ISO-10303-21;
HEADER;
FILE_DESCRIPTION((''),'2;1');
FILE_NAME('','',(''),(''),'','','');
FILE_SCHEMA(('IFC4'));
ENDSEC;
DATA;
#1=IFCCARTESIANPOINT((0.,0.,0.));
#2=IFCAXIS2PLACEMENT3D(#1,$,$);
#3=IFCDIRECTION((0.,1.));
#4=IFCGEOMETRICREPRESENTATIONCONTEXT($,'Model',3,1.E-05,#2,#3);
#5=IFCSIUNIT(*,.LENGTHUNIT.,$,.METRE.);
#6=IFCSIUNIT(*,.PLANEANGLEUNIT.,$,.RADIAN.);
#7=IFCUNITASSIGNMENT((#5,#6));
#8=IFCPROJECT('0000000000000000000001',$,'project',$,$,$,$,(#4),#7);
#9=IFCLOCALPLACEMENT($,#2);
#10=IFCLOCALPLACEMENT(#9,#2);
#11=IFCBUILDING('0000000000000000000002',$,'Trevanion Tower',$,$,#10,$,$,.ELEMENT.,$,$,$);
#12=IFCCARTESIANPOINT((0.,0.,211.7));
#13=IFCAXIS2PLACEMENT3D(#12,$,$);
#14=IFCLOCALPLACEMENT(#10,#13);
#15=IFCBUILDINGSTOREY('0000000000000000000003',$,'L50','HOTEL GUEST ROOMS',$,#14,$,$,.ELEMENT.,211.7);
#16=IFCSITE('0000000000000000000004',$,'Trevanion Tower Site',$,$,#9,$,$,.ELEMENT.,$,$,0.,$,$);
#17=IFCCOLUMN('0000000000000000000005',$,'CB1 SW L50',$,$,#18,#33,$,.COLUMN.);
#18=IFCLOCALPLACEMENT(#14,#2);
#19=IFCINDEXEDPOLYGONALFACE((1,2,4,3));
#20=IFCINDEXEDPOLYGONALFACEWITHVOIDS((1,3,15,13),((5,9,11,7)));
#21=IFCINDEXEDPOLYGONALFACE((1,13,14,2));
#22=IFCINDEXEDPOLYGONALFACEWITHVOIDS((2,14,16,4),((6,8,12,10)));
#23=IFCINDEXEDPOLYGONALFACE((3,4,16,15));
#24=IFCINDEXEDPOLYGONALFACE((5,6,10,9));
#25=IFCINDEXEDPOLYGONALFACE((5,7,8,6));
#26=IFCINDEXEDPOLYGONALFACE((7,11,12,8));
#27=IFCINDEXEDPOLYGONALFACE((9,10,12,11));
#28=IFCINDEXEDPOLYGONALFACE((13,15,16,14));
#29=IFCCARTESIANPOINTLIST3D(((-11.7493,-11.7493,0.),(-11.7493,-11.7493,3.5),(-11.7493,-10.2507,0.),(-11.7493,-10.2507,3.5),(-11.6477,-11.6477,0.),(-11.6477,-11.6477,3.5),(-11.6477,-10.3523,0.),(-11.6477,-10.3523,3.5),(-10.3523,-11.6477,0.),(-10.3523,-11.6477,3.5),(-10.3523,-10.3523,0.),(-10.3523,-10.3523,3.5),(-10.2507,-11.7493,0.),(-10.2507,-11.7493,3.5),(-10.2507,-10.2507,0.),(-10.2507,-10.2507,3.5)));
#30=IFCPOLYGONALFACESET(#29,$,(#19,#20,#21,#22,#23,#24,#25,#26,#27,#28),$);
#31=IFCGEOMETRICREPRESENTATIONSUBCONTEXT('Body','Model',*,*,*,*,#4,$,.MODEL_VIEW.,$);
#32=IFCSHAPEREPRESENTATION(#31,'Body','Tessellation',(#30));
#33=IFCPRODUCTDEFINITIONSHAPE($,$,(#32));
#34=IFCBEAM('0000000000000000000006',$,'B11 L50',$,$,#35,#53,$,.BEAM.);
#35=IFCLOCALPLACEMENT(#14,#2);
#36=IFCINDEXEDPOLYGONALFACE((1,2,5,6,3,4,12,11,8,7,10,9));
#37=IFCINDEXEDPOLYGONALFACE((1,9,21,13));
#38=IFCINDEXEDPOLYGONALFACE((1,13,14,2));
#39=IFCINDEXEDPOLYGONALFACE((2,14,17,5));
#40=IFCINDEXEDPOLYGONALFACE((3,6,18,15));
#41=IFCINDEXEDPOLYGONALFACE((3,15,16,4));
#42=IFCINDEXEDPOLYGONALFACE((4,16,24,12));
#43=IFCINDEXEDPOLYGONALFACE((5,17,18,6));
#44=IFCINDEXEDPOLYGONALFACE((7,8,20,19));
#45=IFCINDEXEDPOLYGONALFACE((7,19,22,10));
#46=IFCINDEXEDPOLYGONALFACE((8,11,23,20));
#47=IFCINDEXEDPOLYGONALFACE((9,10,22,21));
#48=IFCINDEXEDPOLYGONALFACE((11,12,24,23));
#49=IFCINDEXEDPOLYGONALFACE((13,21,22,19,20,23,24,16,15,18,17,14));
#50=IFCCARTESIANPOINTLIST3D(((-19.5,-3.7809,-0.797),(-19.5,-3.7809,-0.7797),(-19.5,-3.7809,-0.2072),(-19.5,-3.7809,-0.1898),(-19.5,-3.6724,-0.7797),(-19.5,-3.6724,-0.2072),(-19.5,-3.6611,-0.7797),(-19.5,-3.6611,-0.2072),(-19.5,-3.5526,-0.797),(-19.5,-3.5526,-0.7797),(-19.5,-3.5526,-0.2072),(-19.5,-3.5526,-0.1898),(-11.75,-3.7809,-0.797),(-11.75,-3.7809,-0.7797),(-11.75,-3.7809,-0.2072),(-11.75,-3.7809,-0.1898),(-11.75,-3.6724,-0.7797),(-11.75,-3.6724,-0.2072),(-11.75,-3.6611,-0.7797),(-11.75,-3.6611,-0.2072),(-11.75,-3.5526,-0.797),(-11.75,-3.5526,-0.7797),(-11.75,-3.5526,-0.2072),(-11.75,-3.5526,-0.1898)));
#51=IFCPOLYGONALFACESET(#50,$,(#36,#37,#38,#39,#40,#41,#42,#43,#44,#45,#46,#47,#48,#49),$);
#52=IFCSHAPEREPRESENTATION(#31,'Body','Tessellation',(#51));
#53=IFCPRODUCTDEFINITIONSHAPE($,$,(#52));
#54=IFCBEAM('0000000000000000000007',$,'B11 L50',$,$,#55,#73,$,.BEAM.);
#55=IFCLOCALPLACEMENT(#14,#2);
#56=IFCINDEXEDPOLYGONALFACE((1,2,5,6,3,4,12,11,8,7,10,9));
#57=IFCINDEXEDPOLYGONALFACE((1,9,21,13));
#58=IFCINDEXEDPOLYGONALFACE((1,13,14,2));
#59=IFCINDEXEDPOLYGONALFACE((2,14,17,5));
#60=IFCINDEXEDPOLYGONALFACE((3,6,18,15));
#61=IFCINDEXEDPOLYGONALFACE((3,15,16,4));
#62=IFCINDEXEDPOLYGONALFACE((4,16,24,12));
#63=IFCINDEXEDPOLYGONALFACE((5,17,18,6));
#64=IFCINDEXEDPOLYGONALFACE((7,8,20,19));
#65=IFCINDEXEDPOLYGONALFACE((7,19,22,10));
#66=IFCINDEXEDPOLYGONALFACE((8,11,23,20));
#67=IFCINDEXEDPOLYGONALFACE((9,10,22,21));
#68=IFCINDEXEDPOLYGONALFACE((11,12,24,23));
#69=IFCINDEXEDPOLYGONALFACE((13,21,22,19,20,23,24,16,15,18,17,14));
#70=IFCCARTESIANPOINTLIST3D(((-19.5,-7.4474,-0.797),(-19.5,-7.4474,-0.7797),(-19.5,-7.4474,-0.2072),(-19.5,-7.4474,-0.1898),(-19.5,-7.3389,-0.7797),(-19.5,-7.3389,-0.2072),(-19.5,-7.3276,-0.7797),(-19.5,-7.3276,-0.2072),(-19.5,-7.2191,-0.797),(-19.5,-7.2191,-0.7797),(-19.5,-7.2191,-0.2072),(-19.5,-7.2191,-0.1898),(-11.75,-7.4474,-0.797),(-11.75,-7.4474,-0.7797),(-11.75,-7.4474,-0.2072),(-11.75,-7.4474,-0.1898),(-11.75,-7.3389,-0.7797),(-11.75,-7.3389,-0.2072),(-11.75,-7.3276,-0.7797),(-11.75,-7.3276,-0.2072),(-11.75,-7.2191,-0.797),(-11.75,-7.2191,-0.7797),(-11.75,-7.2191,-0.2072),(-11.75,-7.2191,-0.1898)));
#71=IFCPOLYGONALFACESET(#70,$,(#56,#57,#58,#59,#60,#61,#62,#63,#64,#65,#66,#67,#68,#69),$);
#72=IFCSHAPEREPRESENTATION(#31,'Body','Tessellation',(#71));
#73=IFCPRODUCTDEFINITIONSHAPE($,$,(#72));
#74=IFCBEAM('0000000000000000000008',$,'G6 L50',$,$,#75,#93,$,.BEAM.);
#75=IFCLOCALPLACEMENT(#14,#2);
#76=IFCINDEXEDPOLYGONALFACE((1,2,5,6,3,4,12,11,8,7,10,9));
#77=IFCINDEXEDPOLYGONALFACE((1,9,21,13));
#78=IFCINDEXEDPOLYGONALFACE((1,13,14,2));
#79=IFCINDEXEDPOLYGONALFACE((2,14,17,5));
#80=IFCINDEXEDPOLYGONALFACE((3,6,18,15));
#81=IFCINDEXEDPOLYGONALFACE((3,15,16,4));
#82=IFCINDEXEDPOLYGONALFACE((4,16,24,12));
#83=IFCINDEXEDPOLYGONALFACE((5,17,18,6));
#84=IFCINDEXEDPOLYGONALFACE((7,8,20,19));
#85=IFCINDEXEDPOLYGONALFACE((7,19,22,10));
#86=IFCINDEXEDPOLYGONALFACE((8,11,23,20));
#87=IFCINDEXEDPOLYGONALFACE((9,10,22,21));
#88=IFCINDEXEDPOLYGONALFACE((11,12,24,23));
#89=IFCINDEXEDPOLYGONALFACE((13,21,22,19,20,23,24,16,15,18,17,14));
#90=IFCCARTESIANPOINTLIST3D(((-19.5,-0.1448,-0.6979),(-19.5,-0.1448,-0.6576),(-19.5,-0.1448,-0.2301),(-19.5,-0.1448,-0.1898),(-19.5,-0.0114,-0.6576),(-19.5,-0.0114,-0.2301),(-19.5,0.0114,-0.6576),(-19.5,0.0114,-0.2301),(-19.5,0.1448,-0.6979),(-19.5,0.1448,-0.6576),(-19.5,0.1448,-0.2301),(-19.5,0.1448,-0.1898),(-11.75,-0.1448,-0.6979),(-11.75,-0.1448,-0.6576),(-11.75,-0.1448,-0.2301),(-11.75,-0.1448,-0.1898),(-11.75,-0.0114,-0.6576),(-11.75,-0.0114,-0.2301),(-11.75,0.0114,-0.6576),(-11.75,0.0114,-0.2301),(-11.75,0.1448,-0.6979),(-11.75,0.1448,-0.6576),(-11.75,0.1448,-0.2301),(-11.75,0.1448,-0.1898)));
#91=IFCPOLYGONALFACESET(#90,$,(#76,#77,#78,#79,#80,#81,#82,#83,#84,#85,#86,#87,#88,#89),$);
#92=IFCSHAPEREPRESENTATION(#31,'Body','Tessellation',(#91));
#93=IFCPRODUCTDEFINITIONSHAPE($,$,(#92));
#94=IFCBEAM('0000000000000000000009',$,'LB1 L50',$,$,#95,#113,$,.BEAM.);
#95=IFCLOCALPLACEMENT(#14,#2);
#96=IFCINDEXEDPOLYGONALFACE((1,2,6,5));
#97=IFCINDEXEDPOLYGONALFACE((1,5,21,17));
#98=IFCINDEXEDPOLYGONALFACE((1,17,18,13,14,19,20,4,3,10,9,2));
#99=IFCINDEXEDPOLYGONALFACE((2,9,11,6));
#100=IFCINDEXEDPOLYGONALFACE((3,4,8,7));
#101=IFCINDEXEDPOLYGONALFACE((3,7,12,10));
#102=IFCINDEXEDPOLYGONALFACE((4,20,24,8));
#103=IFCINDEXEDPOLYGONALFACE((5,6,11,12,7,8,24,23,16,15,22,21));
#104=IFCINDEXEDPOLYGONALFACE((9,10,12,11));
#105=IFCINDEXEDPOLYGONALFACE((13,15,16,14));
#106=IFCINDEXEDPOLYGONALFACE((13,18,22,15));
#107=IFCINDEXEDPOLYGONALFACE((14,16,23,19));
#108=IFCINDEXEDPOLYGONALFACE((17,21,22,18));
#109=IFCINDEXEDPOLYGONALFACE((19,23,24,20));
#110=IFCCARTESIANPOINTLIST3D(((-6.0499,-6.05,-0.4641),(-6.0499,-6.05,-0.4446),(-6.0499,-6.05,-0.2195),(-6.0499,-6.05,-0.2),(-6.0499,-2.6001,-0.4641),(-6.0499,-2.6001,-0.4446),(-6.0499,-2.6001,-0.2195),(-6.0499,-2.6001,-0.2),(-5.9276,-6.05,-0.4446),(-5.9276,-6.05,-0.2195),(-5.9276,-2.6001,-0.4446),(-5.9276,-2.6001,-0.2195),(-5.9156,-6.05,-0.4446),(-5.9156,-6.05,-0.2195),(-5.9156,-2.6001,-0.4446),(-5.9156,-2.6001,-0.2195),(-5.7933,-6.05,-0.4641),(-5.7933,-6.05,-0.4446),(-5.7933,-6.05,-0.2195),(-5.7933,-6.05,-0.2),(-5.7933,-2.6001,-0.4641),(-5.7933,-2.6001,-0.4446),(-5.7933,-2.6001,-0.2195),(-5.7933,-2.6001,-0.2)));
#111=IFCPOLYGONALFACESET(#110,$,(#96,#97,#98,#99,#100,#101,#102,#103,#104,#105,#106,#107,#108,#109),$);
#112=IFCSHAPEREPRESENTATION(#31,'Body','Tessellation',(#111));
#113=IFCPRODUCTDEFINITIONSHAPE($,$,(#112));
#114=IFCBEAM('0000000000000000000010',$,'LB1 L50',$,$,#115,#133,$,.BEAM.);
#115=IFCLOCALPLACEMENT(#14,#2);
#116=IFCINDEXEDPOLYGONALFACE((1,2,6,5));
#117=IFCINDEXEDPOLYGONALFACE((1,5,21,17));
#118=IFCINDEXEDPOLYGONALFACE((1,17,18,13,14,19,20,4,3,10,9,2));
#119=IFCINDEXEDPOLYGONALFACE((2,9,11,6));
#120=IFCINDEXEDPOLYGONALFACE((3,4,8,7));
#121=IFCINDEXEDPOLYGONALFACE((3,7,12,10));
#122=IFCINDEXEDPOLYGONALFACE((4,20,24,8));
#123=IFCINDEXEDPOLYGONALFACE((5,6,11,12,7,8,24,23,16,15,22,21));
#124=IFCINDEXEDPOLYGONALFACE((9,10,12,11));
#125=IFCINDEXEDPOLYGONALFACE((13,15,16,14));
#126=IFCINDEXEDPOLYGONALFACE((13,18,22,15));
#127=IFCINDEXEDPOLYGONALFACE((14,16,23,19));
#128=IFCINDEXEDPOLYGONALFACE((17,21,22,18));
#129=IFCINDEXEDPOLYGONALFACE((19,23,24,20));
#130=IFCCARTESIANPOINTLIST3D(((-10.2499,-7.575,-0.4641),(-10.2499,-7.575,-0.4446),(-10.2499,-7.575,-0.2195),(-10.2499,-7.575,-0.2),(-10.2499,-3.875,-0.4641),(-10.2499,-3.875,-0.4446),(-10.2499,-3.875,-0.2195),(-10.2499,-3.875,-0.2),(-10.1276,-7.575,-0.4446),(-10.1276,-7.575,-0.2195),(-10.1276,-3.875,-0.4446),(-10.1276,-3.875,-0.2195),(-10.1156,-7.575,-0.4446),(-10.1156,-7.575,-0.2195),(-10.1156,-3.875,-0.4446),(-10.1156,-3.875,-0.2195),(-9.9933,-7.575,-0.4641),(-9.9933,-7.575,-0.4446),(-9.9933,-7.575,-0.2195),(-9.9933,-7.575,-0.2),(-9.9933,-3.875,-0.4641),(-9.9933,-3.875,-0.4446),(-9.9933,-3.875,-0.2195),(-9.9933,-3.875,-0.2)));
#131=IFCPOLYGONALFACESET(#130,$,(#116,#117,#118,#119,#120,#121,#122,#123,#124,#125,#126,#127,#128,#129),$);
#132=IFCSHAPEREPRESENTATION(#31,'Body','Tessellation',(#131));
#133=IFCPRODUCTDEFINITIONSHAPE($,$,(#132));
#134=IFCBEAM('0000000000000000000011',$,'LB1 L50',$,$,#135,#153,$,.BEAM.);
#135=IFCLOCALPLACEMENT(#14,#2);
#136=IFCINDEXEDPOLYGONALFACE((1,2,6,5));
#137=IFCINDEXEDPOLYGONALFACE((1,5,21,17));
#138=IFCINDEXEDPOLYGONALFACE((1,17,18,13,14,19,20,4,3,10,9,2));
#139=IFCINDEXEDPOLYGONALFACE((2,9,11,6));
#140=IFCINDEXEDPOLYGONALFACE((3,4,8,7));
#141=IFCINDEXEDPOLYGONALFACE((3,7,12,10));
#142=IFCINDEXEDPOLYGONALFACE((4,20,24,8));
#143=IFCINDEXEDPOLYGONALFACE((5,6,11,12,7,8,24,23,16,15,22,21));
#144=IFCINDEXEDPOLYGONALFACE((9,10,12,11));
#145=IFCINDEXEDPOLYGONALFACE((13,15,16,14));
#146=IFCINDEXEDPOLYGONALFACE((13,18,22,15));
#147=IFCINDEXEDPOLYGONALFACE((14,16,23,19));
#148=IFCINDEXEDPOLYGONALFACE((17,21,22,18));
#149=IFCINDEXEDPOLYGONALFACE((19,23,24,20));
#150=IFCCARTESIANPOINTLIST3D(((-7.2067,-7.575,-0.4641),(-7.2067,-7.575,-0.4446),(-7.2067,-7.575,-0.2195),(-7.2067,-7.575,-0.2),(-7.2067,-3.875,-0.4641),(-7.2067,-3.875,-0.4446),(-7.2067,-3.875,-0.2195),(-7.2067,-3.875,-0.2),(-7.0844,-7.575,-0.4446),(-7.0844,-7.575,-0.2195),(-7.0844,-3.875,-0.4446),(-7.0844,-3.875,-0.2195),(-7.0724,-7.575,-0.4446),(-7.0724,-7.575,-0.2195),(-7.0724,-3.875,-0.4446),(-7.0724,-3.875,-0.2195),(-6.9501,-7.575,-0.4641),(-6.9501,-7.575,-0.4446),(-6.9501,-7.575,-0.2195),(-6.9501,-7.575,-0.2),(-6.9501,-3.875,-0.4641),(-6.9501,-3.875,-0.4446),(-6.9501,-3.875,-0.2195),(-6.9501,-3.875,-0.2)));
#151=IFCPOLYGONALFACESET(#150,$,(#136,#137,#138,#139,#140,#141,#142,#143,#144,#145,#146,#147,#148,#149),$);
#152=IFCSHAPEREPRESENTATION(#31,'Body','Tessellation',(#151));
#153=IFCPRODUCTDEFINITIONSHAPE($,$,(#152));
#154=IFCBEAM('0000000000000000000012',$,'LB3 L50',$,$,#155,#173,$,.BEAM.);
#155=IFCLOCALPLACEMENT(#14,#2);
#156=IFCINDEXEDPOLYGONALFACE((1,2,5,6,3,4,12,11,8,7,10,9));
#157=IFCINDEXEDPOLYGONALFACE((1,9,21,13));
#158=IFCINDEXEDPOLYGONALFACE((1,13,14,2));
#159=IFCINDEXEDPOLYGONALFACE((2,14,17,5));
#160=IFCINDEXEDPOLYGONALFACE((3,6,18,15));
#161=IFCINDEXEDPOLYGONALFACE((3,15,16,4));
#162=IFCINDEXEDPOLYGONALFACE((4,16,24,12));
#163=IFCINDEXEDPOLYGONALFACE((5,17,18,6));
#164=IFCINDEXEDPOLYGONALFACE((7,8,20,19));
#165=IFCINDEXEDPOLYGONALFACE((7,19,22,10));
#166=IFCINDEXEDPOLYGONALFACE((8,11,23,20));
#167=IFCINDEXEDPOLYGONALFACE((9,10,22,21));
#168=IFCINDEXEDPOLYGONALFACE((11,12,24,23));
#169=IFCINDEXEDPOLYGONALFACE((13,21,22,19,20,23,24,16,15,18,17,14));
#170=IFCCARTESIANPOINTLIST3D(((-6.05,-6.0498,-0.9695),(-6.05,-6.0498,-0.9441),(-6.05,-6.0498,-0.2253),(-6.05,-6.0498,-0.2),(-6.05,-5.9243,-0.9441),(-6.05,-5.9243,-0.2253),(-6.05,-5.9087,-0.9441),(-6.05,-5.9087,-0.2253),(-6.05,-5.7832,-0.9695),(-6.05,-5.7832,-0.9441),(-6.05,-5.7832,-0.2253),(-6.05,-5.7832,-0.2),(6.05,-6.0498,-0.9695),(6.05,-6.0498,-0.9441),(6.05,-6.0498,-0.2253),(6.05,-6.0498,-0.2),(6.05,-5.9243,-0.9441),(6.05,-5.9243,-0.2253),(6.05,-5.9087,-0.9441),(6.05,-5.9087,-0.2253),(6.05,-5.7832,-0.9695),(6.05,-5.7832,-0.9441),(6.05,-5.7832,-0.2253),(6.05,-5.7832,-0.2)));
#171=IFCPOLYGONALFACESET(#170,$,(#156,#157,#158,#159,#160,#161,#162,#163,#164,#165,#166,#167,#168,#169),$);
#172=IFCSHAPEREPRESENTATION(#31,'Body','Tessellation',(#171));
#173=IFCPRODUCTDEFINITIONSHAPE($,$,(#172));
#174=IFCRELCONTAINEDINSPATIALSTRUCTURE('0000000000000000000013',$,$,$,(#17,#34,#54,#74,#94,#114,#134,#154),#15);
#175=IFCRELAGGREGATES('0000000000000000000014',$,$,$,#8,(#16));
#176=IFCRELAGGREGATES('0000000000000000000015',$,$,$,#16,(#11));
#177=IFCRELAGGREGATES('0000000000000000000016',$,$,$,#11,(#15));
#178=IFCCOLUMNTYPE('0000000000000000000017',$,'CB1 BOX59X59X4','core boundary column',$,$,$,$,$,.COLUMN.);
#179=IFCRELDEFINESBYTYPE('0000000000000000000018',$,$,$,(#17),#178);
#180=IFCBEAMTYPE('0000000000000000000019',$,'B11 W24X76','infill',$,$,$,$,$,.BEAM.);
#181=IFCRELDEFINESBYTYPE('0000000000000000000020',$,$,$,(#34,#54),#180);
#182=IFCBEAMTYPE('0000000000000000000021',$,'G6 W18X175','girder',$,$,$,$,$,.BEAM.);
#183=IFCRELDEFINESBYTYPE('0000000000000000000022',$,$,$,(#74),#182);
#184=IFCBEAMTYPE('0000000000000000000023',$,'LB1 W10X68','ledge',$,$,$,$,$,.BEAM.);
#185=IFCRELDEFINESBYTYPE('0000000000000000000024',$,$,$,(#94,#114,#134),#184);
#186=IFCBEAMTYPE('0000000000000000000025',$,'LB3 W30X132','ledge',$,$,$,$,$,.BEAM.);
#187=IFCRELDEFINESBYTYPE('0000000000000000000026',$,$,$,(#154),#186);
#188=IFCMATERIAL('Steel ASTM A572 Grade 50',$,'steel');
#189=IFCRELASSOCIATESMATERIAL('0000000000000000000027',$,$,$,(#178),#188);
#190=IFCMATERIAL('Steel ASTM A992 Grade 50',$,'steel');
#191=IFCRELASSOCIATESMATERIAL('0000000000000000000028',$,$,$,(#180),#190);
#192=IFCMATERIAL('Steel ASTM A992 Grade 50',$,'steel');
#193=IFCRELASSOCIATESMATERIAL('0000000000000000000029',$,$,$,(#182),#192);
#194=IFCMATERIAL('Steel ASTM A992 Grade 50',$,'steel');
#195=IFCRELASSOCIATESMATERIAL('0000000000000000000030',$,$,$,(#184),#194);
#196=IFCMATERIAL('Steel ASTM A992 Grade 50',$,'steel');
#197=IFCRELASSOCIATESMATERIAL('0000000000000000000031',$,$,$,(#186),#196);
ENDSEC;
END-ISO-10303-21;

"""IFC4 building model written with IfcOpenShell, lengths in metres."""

from ifc_helpers import new_model, si_unit, direction, frame, origin, origin_2d, place, context, subcontext, project, spatial, hollow_rectangle, i_section, extrude, material, material_profile, profile_set, type_object, element, save


model = new_model("IFC4")

# Units and contexts
model_context = context("Model", 3, precision=1e-05, world=origin(), true_north=direction((0.0, 1.0)))
body_context = subcontext(model_context, "Body", "Model", "MODEL_VIEW")
ifc_project = project(units=[si_unit("LENGTHUNIT", "METRE"), si_unit("PLANEANGLEUNIT", "RADIAN")], contexts=[model_context])

# Site, building, storey
site_placement = place(None, origin())
site = spatial("IfcSite", under=ifc_project, at=site_placement, Name="Trevanion Tower Site", CompositionType="ELEMENT", RefElevation=0.0)
building_placement = place(site_placement, origin())
building = spatial("IfcBuilding", under=site, at=building_placement, Name="Trevanion Tower", CompositionType="ELEMENT")
storey_placement = place(building_placement, frame((0.0, 0.0, 211.7)))
storey = spatial("IfcBuildingStorey", under=building, at=storey_placement, Name="L50", Description="HOTEL GUEST ROOMS", CompositionType="ELEMENT", Elevation=211.7)

# Column
ifc_material_1 = material(Name="Steel ASTM A572 Grade 50", Category="steel")
ifc_material_profile_1 = material_profile(ifc_material_1, hollow_rectangle(XDim=1.4985, YDim=1.4985, WallThickness=0.1016, at=origin_2d()), Name="BOX59X59X4")
ifc_profile_set_1 = profile_set([ifc_material_profile_1], Name="Steel ASTM A572 Grade 50")
column_type = type_object("IfcColumnType", Name="CB1 BOX59X59X4", Description="core boundary column", PredefinedType="COLUMN", material=ifc_profile_set_1)
column_placement = place(storey_placement, frame((-11.0, -11.0, 0.0), z_axis=(0.0, 0.0, 1.0), x_axis=(1.0, 0.0, 0.0)))
element("IfcColumn", 1, at=column_placement, inside=storey, type_object=column_type, Name="CB1 SW L50", PredefinedType="COLUMN", context=body_context, shape_type="SweptSolid", body=[
    extrude(hollow_rectangle(XDim=1.4985, YDim=1.4985, WallThickness=0.1016, at=origin_2d()), origin(), (0.0, 0.0, 1.0), 3.5),
])

# Beams
ifc_material_2 = material(Name="Steel ASTM A992 Grade 50", Category="steel")
ifc_material_profile_2 = material_profile(ifc_material_2, i_section(OverallWidth=0.2283, OverallDepth=0.6072, WebThickness=0.0112, FlangeThickness=0.0173, at=origin_2d()), Name="W24X76")
ifc_profile_set_2 = profile_set([ifc_material_profile_2], Name="Steel ASTM A992 Grade 50")
beam_type_1 = type_object("IfcBeamType", Name="B11 W24X76", Description="infill", PredefinedType="BEAM", material=ifc_profile_set_2)
for number, where, z_axis, x_axis, name in (
    (2, (-11.75, -3.6667, -0.4934), (-1.0, 0.0, 0.0), (0.0, -1.0, 0.0), "B11 L50"),
    (3, (-11.75, -7.3333, -0.4934), (-1.0, 0.0, 0.0), (0.0, -1.0, 0.0), "B11 L50"),
):
    element("IfcBeam", number, at=place(storey_placement, frame(where, z_axis=z_axis, x_axis=x_axis)), inside=storey, type_object=beam_type_1, Name=name, PredefinedType="BEAM", context=body_context, shape_type="SweptSolid", body=[
        extrude(i_section(OverallWidth=0.2283, OverallDepth=0.6072, WebThickness=0.0112, FlangeThickness=0.0173, at=origin_2d()), origin(), (0.0, 0.0, 1.0), 7.75),
    ])
ifc_material_3 = material(Name="Steel ASTM A992 Grade 50", Category="steel")
ifc_material_profile_3 = material_profile(ifc_material_3, i_section(OverallWidth=0.2896, OverallDepth=0.5081, WebThickness=0.0227, FlangeThickness=0.0403, at=origin_2d()), Name="W18X175")
ifc_profile_set_3 = profile_set([ifc_material_profile_3], Name="Steel ASTM A992 Grade 50")
beam_type_2 = type_object("IfcBeamType", Name="G6 W18X175", Description="girder", PredefinedType="BEAM", material=ifc_profile_set_3)
beam_1_placement = place(storey_placement, frame((-11.75, 0.0, -0.4438), z_axis=(-1.0, 0.0, 0.0), x_axis=(0.0, -1.0, 0.0)))
element("IfcBeam", 4, at=beam_1_placement, inside=storey, type_object=beam_type_2, Name="G6 L50", PredefinedType="BEAM", context=body_context, shape_type="SweptSolid", body=[
    extrude(i_section(OverallWidth=0.2896, OverallDepth=0.5081, WebThickness=0.0227, FlangeThickness=0.0403, at=origin_2d()), origin(), (0.0, 0.0, 1.0), 7.75),
])
ifc_material_4 = material(Name="Steel ASTM A992 Grade 50", Category="steel")
ifc_material_profile_4 = material_profile(ifc_material_4, i_section(OverallWidth=0.2566, OverallDepth=0.2642, WebThickness=0.012, FlangeThickness=0.0195, at=origin_2d()), Name="W10X68")
ifc_profile_set_4 = profile_set([ifc_material_profile_4], Name="Steel ASTM A992 Grade 50")
beam_type_3 = type_object("IfcBeamType", Name="LB1 W10X68", Description="ledge", PredefinedType="BEAM", material=ifc_profile_set_4)
beam_2_placement = place(storey_placement, frame((-5.9216, -6.05, -0.332), z_axis=(0.0, 1.0, 0.0), x_axis=(-1.0, 0.0, 0.0)))
element("IfcBeam", 5, at=beam_2_placement, inside=storey, type_object=beam_type_3, Name="LB1 L50", PredefinedType="BEAM", context=body_context, shape_type="SweptSolid", body=[
    extrude(i_section(OverallWidth=0.2566, OverallDepth=0.2642, WebThickness=0.012, FlangeThickness=0.0195, at=origin_2d()), origin(), (0.0, 0.0, 1.0), 3.45),
])
for number, where, z_axis, x_axis, name in (
    (6, (-10.1216, -7.575, -0.332), (0.0, 1.0, 0.0), (-1.0, 0.0, 0.0), "LB1 L50"),
    (7, (-7.0784, -7.575, -0.332), (0.0, 1.0, 0.0), (-1.0, 0.0, 0.0), "LB1 L50"),
):
    element("IfcBeam", number, at=place(storey_placement, frame(where, z_axis=z_axis, x_axis=x_axis)), inside=storey, type_object=beam_type_3, Name=name, PredefinedType="BEAM", context=body_context, shape_type="SweptSolid", body=[
        extrude(i_section(OverallWidth=0.2566, OverallDepth=0.2642, WebThickness=0.012, FlangeThickness=0.0195, at=origin_2d()), origin(), (0.0, 0.0, 1.0), 3.7),
    ])
ifc_material_5 = material(Name="Steel ASTM A992 Grade 50", Category="steel")
ifc_material_profile_5 = material_profile(ifc_material_5, i_section(OverallWidth=0.2666, OverallDepth=0.7695, WebThickness=0.0156, FlangeThickness=0.0254, at=origin_2d()), Name="W30X132")
ifc_profile_set_5 = profile_set([ifc_material_profile_5], Name="Steel ASTM A992 Grade 50")
beam_type_4 = type_object("IfcBeamType", Name="LB3 W30X132", Description="ledge", PredefinedType="BEAM", material=ifc_profile_set_5)
beam_3_placement = place(storey_placement, frame((-6.05, -5.9165, -0.5847), z_axis=(1.0, 0.0, 0.0), x_axis=(0.0, 1.0, 0.0)))
element("IfcBeam", 8, at=beam_3_placement, inside=storey, type_object=beam_type_4, Name="LB3 L50", PredefinedType="BEAM", context=body_context, shape_type="SweptSolid", body=[
    extrude(i_section(OverallWidth=0.2666, OverallDepth=0.7695, WebThickness=0.0156, FlangeThickness=0.0254, at=origin_2d()), origin(), (0.0, 0.0, 1.0), 12.1001),
])

save(model, "model.ifc")
